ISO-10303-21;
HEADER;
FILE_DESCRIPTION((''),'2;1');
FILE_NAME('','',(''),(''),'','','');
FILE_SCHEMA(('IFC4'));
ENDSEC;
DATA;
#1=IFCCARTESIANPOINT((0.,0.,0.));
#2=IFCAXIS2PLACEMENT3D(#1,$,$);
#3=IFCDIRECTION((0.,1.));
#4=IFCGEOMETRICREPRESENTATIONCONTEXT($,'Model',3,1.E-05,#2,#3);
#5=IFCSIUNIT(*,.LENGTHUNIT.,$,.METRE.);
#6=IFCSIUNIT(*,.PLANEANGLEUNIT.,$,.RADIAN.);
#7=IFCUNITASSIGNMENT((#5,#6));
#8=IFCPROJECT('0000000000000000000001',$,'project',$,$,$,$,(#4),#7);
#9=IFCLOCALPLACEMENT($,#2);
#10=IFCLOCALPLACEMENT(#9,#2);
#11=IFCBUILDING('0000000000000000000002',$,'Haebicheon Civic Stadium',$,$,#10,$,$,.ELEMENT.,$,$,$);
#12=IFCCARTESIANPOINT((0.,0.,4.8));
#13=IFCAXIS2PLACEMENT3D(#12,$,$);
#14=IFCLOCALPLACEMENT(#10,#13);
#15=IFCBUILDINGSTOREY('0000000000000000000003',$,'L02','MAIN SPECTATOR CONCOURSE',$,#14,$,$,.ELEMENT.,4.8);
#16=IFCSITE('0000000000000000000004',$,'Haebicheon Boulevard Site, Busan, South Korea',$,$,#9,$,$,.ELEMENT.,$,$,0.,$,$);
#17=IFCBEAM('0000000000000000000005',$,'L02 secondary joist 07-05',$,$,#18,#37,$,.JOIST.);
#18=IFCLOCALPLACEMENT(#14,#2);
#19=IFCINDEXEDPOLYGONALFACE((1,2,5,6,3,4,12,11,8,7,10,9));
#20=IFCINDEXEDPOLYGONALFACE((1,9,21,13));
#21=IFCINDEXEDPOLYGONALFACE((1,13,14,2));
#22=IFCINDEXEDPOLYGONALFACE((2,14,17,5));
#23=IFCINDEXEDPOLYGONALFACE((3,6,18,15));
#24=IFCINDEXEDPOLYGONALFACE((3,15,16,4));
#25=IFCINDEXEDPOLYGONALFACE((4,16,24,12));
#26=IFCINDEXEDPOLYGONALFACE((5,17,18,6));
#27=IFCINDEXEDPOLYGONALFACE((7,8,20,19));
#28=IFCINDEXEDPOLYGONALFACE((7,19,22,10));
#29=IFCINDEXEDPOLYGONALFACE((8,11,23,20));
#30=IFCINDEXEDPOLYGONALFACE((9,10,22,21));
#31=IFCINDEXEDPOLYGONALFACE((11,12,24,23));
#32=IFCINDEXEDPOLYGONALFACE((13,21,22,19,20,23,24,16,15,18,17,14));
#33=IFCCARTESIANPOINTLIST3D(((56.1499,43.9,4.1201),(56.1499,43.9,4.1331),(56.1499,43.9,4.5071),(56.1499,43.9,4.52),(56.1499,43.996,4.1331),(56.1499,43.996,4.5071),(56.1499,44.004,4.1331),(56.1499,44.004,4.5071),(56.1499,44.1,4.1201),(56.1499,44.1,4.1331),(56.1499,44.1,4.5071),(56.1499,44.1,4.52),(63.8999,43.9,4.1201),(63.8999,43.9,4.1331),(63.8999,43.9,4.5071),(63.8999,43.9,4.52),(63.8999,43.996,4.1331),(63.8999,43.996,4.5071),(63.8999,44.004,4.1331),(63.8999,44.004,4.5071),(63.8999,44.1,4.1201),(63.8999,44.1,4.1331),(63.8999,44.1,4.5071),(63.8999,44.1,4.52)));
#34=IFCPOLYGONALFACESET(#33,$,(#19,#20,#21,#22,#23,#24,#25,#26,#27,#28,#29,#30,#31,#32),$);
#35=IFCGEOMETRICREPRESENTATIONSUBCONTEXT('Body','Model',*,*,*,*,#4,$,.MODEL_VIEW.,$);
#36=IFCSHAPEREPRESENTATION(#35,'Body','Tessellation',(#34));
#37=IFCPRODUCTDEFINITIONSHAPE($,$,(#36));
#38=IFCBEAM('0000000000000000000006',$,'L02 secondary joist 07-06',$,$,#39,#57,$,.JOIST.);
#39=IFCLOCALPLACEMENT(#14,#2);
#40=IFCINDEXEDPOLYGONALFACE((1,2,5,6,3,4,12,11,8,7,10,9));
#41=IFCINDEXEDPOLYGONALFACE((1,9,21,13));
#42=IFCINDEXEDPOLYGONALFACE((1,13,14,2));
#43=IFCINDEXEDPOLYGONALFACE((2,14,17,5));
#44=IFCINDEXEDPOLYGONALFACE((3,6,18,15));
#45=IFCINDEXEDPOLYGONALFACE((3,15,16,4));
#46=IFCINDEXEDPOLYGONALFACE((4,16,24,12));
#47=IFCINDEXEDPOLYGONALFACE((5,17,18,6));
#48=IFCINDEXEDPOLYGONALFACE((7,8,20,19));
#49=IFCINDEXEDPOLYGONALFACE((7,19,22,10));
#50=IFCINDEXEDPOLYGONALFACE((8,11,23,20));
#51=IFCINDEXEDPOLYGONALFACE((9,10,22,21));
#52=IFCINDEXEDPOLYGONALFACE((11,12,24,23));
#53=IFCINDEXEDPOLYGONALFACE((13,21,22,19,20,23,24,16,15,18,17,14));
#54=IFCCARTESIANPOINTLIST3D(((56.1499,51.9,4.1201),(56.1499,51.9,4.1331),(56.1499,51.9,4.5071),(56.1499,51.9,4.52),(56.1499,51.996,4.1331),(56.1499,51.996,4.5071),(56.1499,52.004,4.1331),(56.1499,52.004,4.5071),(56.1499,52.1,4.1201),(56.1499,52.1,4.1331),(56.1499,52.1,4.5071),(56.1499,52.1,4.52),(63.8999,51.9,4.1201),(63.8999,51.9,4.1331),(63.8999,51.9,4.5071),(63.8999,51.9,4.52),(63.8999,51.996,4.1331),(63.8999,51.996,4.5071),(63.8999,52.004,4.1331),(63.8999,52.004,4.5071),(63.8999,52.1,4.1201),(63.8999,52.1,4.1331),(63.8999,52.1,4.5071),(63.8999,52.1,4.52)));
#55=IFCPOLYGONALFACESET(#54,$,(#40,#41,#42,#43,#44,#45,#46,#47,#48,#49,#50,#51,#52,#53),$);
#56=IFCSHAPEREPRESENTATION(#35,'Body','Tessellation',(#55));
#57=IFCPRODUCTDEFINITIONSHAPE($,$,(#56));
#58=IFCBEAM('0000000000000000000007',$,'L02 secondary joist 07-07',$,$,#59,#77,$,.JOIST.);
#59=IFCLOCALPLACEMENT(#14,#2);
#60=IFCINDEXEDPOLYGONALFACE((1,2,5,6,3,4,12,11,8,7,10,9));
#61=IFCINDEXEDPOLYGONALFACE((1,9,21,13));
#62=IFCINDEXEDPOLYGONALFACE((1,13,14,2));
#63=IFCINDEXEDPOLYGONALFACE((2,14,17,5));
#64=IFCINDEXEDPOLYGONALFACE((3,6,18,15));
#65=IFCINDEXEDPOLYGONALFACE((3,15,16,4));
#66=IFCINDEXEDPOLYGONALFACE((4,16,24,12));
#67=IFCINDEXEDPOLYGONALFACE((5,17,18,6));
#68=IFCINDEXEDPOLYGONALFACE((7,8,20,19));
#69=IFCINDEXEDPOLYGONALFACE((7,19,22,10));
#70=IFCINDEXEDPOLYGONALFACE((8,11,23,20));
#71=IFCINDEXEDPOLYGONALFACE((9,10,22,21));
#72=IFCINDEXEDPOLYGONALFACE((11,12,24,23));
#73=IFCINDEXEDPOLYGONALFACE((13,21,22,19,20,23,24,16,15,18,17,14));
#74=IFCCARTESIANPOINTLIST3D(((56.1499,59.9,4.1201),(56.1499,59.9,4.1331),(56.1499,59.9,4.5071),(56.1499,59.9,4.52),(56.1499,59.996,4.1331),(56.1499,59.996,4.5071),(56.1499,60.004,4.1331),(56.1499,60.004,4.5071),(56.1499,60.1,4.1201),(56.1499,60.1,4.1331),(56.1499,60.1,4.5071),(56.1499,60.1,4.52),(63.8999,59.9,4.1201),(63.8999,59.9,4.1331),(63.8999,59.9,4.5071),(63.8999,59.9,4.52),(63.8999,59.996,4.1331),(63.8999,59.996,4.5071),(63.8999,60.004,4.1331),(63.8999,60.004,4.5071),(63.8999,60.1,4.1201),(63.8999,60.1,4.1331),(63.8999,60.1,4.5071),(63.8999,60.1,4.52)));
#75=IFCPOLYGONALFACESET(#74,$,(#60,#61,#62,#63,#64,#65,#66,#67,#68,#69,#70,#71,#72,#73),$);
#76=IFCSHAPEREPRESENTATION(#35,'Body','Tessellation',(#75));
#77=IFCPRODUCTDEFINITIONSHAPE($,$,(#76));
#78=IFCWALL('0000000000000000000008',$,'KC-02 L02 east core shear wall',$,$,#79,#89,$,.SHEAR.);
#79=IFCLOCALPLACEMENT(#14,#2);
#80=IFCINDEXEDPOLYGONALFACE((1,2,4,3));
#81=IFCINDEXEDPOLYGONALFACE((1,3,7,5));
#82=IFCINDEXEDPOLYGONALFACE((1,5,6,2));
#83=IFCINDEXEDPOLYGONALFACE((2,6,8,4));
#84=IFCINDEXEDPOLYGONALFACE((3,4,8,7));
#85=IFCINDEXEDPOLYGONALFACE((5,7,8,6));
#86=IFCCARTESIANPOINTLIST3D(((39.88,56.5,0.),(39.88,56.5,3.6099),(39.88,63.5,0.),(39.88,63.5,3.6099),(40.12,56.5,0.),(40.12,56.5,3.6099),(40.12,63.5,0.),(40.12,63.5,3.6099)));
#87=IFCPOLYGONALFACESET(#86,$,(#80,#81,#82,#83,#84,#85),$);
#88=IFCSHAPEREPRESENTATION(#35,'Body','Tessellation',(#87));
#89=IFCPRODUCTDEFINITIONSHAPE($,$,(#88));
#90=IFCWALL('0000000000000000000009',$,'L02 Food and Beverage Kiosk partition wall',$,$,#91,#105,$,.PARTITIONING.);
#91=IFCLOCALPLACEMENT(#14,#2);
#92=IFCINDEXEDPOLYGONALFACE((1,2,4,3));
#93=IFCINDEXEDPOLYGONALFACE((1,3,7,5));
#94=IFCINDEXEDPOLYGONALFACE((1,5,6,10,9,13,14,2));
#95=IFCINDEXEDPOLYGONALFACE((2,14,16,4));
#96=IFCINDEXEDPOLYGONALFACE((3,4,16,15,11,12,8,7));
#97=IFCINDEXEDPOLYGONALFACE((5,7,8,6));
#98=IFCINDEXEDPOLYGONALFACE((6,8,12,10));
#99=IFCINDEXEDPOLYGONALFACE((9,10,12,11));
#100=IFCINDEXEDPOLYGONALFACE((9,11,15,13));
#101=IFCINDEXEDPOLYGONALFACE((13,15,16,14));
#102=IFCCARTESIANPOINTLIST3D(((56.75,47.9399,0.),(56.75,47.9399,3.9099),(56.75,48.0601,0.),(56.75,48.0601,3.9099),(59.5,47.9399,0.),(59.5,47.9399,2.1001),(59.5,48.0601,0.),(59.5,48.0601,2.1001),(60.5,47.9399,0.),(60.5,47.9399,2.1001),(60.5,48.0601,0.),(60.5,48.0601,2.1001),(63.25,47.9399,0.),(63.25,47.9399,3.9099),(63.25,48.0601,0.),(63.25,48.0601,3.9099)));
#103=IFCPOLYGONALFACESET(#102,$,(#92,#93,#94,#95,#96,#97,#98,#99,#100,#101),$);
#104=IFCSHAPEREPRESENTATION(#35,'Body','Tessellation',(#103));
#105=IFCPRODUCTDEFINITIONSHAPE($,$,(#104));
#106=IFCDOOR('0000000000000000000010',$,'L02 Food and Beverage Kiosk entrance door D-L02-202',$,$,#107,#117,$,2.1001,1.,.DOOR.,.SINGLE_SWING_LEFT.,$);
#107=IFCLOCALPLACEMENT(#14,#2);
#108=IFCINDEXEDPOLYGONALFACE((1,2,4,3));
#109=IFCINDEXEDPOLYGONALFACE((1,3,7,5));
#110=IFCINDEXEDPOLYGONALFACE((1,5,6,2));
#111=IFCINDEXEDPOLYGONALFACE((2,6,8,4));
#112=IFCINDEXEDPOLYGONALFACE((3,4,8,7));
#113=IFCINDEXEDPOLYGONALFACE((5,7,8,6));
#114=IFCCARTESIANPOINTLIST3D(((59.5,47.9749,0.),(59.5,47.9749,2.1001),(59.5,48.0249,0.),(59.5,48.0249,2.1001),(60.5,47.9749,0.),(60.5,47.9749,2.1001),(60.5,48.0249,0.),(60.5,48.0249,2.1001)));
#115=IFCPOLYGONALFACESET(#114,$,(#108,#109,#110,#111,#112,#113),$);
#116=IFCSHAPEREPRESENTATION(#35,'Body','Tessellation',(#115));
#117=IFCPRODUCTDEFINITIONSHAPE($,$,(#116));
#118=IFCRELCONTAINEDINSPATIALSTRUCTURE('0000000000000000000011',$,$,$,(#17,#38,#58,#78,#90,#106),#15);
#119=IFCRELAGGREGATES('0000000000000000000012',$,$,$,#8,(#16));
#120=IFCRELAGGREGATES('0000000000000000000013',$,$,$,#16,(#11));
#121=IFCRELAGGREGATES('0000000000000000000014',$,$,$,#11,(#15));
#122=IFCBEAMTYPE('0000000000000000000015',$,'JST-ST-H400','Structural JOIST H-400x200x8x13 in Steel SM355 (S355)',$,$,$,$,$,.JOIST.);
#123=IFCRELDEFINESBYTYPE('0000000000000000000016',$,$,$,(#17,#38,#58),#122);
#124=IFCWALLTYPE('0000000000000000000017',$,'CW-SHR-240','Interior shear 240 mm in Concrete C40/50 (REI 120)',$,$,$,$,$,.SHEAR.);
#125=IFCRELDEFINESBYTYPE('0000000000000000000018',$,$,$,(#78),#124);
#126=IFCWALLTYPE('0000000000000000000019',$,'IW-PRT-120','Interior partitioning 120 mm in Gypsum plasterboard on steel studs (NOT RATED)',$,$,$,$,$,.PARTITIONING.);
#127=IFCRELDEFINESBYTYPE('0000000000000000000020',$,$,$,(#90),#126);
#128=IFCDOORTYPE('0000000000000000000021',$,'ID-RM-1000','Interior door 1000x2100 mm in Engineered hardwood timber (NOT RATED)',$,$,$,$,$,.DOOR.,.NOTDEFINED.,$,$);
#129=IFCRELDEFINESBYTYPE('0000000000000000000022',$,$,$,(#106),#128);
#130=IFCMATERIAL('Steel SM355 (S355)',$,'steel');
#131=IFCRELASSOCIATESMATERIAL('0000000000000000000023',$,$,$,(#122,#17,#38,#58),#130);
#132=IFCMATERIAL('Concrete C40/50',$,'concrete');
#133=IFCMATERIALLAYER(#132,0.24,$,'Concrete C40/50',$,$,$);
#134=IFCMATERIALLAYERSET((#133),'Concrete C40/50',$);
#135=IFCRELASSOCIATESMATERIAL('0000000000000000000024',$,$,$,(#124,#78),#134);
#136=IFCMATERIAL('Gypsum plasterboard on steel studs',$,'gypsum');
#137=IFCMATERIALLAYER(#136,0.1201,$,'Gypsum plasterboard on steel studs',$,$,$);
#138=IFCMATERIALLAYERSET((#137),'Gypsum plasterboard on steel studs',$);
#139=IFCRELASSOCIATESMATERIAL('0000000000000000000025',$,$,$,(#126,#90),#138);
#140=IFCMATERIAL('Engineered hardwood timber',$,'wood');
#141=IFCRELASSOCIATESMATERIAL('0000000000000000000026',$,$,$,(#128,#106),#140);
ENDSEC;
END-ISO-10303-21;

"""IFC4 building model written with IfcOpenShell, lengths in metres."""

from ifc_helpers import new_model, si_unit, direction, frame, frame_2d, origin, origin_2d, place, context, subcontext, project, spatial, rectangle, i_section, extrude, material, layer, layer_set, material_profile, profile_set, type_object, element, fill, save


model = new_model("IFC4")

# Units and contexts
model_context = context("Model", 3, precision=1e-05, world=origin(), true_north=direction((0.0, 1.0)))
body_context = subcontext(model_context, "Body", "Model", "MODEL_VIEW")
ifc_project = project(units=[si_unit("LENGTHUNIT", "METRE"), si_unit("PLANEANGLEUNIT", "RADIAN")], contexts=[model_context])

# Site, building, storey
site_placement = place(None, origin())
site = spatial("IfcSite", under=ifc_project, at=site_placement, Name="Haebicheon Boulevard Site, Busan, South Korea", CompositionType="ELEMENT", RefElevation=0.0)
building_placement = place(site_placement, origin())
building = spatial("IfcBuilding", under=site, at=building_placement, Name="Haebicheon Civic Stadium", CompositionType="ELEMENT")
storey_placement = place(building_placement, frame((0.0, 0.0, 4.8)))
storey = spatial("IfcBuildingStorey", under=building, at=storey_placement, Name="L02", Description="MAIN SPECTATOR CONCOURSE", CompositionType="ELEMENT", Elevation=4.8)

# Beams
ifc_material_1 = material(Name="Steel SM355 (S355)", Category="steel")
ifc_material_profile_1 = material_profile(ifc_material_1, i_section(OverallWidth=0.2, OverallDepth=0.3999, WebThickness=0.0081, FlangeThickness=0.0129, at=origin_2d()), Name="H-400x200x8x13")
ifc_profile_set_1 = profile_set([ifc_material_profile_1], Name="Steel SM355 (S355)")
beam_type_1 = type_object("IfcBeamType", Name="JST-ST-H400", Description="Structural JOIST H-400x200x8x13 in Steel SM355 (S355)", PredefinedType="JOIST", material=ifc_profile_set_1)
for number, where, z_axis, x_axis, name in (
    (1, (56.1499, 44.0, 4.3201), (1.0, 0.0, 0.0), (0.0, 1.0, 0.0), "L02 secondary joist 07-05"),
    (2, (56.1499, 52.0, 4.3201), (1.0, 0.0, 0.0), (0.0, 1.0, 0.0), "L02 secondary joist 07-06"),
    (3, (56.1499, 60.0, 4.3201), (1.0, 0.0, 0.0), (0.0, 1.0, 0.0), "L02 secondary joist 07-07"),
):
    element("IfcBeam", number, at=place(storey_placement, frame(where, z_axis=z_axis, x_axis=x_axis)), inside=storey, type_object=beam_type_1, material=ifc_profile_set_1, Name=name, PredefinedType="JOIST", context=body_context, shape_type="SweptSolid", body=[
        extrude(i_section(OverallWidth=0.2, OverallDepth=0.3999, WebThickness=0.0081, FlangeThickness=0.0129, at=origin_2d()), origin(), (0.0, 0.0, 1.0), 7.75),
    ])

# Wall
ifc_material_2 = material(Name="Concrete C40/50", Category="concrete")
ifc_layer_1 = layer(ifc_material_2, 0.24, Name="Concrete C40/50")
ifc_layer_set_1 = layer_set([ifc_layer_1], Name="Concrete C40/50")
wall_type_1 = type_object("IfcWallType", Name="CW-SHR-240", Description="Interior shear 240 mm in Concrete C40/50 (REI 120)", PredefinedType="SHEAR", material=ifc_layer_set_1)
wall_1_placement = place(storey_placement, frame((40.0, 56.5, 0.0), z_axis=(0.0, 0.0, 1.0), x_axis=(0.0, 1.0, 0.0)))
element("IfcWall", 4, at=wall_1_placement, inside=storey, type_object=wall_type_1, material=ifc_layer_set_1, Name="KC-02 L02 east core shear wall", PredefinedType="SHEAR", context=body_context, shape_type="SweptSolid", body=[
    extrude(rectangle(XDim=7.0, YDim=0.24, at=frame_2d((3.5, 0.0))), origin(), (0.0, 0.0, 1.0), 3.6099),
])

# Wall, opening, door
ifc_material_3 = material(Name="Gypsum plasterboard on steel studs", Category="gypsum")
ifc_layer_2 = layer(ifc_material_3, 0.1201, Name="Gypsum plasterboard on steel studs")
ifc_layer_set_2 = layer_set([ifc_layer_2], Name="Gypsum plasterboard on steel studs")
wall_type_2 = type_object("IfcWallType", Name="IW-PRT-120", Description="Interior partitioning 120 mm in Gypsum plasterboard on steel studs (NOT RATED)", PredefinedType="PARTITIONING", material=ifc_layer_set_2)
wall_2_placement = place(storey_placement, frame((56.75, 48.0, 0.0), z_axis=(0.0, 0.0, 1.0), x_axis=(1.0, 0.0, 0.0)))
wall_2 = element("IfcWall", 5, at=wall_2_placement, inside=storey, type_object=wall_type_2, material=ifc_layer_set_2, Name="L02 Food and Beverage Kiosk partition wall", PredefinedType="PARTITIONING", context=body_context, shape_type="SweptSolid", body=[
    extrude(rectangle(XDim=6.5, YDim=0.1201, at=frame_2d((3.25, 0.0))), origin(), (0.0, 0.0, 1.0), 3.9099),
])
opening_placement = place(wall_2_placement, frame((2.75, 0.0, 0.0)))
opening = element("IfcOpeningElement", 6, at=opening_placement, cuts=wall_2, PredefinedType="OPENING", context=body_context, shape_type="SweptSolid", body=[
    extrude(rectangle(XDim=1.0, YDim=2.1001, at=frame_2d((0.5, 1.05))), frame((0.0, 0.0701, 0.0), z_axis=(0.0, -1.0, 0.0), x_axis=(1.0, 0.0, 0.0)), (0.0, 0.0, 1.0), 0.1401),
])
ifc_material_4 = material(Name="Engineered hardwood timber", Category="wood")
door_type = type_object("IfcDoorType", Name="ID-RM-1000", Description="Interior door 1000x2100 mm in Engineered hardwood timber (NOT RATED)", OperationType="NOTDEFINED", PredefinedType="DOOR", material=ifc_material_4)
door_placement = place(opening_placement, origin())
door = element("IfcDoor", 7, at=door_placement, inside=storey, type_object=door_type, material=ifc_material_4, Name="L02 Food and Beverage Kiosk entrance door D-L02-202", OperationType="SINGLE_SWING_LEFT", OverallHeight=2.1001, OverallWidth=1.0, PredefinedType="DOOR", context=body_context, shape_type="SweptSolid", body=[
    extrude(rectangle(XDim=1.0, YDim=2.1001, at=frame_2d((0.5, 1.05))), frame((0.0, 0.0249, 0.0), z_axis=(0.0, -1.0, 0.0), x_axis=(1.0, 0.0, 0.0)), (0.0, 0.0, 1.0), 0.05),
])
fill(opening, door)

save(model, "model.ifc")
